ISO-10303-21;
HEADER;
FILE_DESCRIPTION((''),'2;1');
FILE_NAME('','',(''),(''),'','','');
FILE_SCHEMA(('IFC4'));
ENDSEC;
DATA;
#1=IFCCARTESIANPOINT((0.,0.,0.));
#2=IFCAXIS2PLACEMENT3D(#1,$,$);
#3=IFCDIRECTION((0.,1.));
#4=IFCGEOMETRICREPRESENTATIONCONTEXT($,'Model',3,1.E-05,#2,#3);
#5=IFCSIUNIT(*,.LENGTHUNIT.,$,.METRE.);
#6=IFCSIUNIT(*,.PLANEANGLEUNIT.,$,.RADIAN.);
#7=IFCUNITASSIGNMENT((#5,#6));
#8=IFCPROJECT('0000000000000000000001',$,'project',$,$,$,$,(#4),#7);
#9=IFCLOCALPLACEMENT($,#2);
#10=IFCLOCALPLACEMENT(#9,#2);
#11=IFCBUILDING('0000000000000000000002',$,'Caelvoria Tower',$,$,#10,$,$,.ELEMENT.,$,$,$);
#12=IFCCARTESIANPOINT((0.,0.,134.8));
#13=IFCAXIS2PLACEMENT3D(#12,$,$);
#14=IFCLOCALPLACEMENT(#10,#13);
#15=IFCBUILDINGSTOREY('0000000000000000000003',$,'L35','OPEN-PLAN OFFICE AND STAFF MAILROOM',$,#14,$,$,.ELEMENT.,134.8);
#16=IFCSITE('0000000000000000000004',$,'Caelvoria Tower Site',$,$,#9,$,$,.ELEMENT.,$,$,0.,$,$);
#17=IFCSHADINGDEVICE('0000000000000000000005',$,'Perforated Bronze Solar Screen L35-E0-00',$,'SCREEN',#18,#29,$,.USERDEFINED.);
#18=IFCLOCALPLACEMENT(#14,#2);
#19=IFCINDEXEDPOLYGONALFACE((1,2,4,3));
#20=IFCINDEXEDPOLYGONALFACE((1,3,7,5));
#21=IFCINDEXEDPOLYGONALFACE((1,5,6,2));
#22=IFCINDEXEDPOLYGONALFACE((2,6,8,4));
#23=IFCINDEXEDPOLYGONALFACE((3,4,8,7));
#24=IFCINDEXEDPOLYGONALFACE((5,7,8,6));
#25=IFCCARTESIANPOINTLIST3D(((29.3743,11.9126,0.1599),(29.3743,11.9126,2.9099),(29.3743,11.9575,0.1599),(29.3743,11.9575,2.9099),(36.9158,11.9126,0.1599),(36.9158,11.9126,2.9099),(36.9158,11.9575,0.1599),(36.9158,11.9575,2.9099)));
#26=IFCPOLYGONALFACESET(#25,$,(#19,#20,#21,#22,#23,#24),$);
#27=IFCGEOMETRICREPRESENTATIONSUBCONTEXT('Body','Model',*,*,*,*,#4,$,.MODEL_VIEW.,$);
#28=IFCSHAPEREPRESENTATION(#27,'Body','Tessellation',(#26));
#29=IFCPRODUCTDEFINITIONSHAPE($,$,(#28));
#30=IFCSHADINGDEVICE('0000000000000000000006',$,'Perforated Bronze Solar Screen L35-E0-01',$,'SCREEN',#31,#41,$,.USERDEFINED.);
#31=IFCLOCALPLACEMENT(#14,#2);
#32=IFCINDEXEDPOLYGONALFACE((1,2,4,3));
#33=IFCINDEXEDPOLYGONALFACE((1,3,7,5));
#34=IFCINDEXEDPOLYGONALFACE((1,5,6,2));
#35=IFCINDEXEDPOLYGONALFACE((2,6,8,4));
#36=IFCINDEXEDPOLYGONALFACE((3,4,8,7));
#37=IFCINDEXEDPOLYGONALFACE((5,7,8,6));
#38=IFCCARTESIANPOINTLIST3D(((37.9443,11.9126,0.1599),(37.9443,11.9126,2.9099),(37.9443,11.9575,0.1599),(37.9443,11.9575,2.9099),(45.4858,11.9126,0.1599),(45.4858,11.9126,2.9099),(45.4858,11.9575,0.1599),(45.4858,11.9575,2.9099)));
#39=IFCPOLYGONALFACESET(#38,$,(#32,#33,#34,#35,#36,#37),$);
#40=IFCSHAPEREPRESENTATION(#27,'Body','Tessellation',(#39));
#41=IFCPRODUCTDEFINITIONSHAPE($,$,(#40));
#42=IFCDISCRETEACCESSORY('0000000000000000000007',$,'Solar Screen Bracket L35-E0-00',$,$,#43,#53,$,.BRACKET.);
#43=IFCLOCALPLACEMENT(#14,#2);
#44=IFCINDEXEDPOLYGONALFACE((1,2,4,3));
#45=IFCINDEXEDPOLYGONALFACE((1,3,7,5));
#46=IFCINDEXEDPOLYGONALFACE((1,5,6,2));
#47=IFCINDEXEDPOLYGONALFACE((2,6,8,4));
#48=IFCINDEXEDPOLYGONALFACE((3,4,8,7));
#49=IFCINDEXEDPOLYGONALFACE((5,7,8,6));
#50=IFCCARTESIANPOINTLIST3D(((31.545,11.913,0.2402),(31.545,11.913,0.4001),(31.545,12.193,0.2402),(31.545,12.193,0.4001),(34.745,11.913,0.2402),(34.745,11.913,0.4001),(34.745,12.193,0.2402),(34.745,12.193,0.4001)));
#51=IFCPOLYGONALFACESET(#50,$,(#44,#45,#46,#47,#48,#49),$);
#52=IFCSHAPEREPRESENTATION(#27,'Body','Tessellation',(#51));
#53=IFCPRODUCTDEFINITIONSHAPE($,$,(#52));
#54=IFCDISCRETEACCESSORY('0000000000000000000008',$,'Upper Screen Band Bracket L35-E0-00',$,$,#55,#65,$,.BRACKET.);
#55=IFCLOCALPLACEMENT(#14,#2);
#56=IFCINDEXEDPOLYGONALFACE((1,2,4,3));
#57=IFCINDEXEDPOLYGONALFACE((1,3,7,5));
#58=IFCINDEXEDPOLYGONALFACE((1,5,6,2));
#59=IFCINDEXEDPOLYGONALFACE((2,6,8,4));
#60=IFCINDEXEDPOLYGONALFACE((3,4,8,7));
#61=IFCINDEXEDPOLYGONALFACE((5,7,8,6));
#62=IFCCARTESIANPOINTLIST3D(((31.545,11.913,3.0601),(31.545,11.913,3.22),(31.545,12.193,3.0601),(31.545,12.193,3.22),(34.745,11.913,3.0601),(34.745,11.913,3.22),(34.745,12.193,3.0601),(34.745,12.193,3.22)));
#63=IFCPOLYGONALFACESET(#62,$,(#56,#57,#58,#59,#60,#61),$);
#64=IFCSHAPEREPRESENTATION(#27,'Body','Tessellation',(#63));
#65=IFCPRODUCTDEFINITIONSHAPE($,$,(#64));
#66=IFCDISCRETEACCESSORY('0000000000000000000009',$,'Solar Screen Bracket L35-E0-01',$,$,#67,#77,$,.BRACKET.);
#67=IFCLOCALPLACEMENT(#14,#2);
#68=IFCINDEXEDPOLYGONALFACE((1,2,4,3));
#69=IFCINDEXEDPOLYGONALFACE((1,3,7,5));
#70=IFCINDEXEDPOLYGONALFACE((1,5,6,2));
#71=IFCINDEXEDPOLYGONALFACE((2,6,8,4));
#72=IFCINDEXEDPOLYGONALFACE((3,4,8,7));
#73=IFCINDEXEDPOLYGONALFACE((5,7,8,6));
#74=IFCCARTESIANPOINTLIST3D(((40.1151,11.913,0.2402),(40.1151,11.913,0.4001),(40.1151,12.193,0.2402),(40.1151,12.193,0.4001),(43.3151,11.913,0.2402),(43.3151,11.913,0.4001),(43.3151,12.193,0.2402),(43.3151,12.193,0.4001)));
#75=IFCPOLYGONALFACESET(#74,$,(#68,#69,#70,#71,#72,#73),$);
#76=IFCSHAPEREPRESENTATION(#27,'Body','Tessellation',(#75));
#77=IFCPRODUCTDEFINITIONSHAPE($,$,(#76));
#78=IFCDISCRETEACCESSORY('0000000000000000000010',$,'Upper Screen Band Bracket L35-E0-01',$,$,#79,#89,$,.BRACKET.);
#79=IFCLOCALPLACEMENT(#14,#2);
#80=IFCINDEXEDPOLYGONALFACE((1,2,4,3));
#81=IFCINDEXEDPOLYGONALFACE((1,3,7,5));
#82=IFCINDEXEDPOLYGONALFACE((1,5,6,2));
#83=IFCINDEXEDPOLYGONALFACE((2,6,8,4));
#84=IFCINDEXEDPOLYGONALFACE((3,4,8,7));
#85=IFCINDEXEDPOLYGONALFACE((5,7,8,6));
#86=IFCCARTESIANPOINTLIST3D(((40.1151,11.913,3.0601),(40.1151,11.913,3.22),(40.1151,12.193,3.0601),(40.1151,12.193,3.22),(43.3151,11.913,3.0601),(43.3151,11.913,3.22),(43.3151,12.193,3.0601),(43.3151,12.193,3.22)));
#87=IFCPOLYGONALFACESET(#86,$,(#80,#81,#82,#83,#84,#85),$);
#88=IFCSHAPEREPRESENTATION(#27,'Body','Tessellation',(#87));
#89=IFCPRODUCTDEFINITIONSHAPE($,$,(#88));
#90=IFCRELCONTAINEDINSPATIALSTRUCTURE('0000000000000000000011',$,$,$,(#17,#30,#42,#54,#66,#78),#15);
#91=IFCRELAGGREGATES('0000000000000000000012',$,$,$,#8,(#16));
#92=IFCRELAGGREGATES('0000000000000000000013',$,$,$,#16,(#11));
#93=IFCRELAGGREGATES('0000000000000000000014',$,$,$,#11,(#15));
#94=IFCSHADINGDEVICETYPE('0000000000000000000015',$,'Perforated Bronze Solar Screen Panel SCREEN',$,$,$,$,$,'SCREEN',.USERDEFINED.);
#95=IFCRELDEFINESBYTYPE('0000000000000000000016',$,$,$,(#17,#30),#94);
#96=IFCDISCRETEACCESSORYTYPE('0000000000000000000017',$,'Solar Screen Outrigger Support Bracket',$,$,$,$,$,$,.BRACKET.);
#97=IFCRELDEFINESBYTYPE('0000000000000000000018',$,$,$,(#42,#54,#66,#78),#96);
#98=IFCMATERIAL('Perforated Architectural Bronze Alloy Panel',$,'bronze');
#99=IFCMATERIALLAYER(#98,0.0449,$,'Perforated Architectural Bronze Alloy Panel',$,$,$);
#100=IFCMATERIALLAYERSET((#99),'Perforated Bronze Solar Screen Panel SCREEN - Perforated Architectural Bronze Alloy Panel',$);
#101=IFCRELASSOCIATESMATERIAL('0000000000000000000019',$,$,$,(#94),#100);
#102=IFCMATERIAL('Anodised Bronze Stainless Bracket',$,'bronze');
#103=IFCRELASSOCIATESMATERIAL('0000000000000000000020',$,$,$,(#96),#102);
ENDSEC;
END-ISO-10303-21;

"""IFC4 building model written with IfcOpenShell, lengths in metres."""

from ifc_helpers import new_model, si_unit, direction, frame, origin, origin_2d, place, context, subcontext, project, spatial, rectangle, extrude, material, layer, layer_set, type_object, element, save


model = new_model("IFC4")

# Units and contexts
model_context = context("Model", 3, precision=1e-05, world=origin(), true_north=direction((0.0, 1.0)))
body_context = subcontext(model_context, "Body", "Model", "MODEL_VIEW")
ifc_project = project(units=[si_unit("LENGTHUNIT", "METRE"), si_unit("PLANEANGLEUNIT", "RADIAN")], contexts=[model_context])

# Site, building, storey
site_placement = place(None, origin())
site = spatial("IfcSite", under=ifc_project, at=site_placement, Name="Caelvoria Tower Site", CompositionType="ELEMENT", RefElevation=0.0)
building_placement = place(site_placement, origin())
building = spatial("IfcBuilding", under=site, at=building_placement, Name="Caelvoria Tower", CompositionType="ELEMENT")
storey_placement = place(building_placement, frame((0.0, 0.0, 134.8)))
storey = spatial("IfcBuildingStorey", under=building, at=storey_placement, Name="L35", Description="OPEN-PLAN OFFICE AND STAFF MAILROOM", CompositionType="ELEMENT", Elevation=134.8)

# Shading devices
ifc_material_1 = material(Name="Perforated Architectural Bronze Alloy Panel", Category="bronze")
ifc_layer_1 = layer(ifc_material_1, 0.0449, Name="Perforated Architectural Bronze Alloy Panel")
ifc_layer_set_1 = layer_set([ifc_layer_1], Name="Perforated Bronze Solar Screen Panel SCREEN - Perforated Architectural Bronze Alloy Panel")
shading_device_type = type_object("IfcShadingDeviceType", Name="Perforated Bronze Solar Screen Panel SCREEN", ElementType="SCREEN", PredefinedType="USERDEFINED", material=ifc_layer_set_1)
for number, where, z_axis, x_axis, name in (
    (1, (33.145, 11.9351, 0.1599), (0.0, 0.0, 1.0), (1.0, 0.0, 0.0), "Perforated Bronze Solar Screen L35-E0-00"),
    (2, (41.7151, 11.9351, 0.1599), (0.0, 0.0, 1.0), (1.0, 0.0, 0.0), "Perforated Bronze Solar Screen L35-E0-01"),
):
    element("IfcShadingDevice", number, at=place(storey_placement, frame(where, z_axis=z_axis, x_axis=x_axis)), inside=storey, type_object=shading_device_type, Name=name, ObjectType="SCREEN", PredefinedType="USERDEFINED", context=body_context, shape_type="SweptSolid", body=[
        extrude(rectangle(XDim=7.5415, YDim=0.0449, at=origin_2d()), origin(), (0.0, 0.0, 1.0), 2.75),
    ])

# Discrete accessories
ifc_material_2 = material(Name="Anodised Bronze Stainless Bracket", Category="bronze")
discrete_accessory_type = type_object("IfcDiscreteAccessoryType", Name="Solar Screen Outrigger Support Bracket", PredefinedType="BRACKET", material=ifc_material_2)
for number, where, z_axis, x_axis, name in (
    (3, (33.145, 12.053, 0.2402), (0.0, 0.0, 1.0), (1.0, 0.0, 0.0), "Solar Screen Bracket L35-E0-00"),
    (4, (33.145, 12.053, 3.0601), (0.0, 0.0, 1.0), (1.0, 0.0, 0.0), "Upper Screen Band Bracket L35-E0-00"),
    (5, (41.7151, 12.053, 0.2402), (0.0, 0.0, 1.0), (1.0, 0.0, 0.0), "Solar Screen Bracket L35-E0-01"),
    (6, (41.7151, 12.053, 3.0601), (0.0, 0.0, 1.0), (1.0, 0.0, 0.0), "Upper Screen Band Bracket L35-E0-01"),
):
    element("IfcDiscreteAccessory", number, at=place(storey_placement, frame(where, z_axis=z_axis, x_axis=x_axis)), inside=storey, type_object=discrete_accessory_type, Name=name, PredefinedType="BRACKET", context=body_context, shape_type="SweptSolid", body=[
        extrude(rectangle(XDim=3.2, YDim=0.28, at=origin_2d()), origin(), (0.0, 0.0, 1.0), 0.1599),
    ])

save(model, "model.ifc")
